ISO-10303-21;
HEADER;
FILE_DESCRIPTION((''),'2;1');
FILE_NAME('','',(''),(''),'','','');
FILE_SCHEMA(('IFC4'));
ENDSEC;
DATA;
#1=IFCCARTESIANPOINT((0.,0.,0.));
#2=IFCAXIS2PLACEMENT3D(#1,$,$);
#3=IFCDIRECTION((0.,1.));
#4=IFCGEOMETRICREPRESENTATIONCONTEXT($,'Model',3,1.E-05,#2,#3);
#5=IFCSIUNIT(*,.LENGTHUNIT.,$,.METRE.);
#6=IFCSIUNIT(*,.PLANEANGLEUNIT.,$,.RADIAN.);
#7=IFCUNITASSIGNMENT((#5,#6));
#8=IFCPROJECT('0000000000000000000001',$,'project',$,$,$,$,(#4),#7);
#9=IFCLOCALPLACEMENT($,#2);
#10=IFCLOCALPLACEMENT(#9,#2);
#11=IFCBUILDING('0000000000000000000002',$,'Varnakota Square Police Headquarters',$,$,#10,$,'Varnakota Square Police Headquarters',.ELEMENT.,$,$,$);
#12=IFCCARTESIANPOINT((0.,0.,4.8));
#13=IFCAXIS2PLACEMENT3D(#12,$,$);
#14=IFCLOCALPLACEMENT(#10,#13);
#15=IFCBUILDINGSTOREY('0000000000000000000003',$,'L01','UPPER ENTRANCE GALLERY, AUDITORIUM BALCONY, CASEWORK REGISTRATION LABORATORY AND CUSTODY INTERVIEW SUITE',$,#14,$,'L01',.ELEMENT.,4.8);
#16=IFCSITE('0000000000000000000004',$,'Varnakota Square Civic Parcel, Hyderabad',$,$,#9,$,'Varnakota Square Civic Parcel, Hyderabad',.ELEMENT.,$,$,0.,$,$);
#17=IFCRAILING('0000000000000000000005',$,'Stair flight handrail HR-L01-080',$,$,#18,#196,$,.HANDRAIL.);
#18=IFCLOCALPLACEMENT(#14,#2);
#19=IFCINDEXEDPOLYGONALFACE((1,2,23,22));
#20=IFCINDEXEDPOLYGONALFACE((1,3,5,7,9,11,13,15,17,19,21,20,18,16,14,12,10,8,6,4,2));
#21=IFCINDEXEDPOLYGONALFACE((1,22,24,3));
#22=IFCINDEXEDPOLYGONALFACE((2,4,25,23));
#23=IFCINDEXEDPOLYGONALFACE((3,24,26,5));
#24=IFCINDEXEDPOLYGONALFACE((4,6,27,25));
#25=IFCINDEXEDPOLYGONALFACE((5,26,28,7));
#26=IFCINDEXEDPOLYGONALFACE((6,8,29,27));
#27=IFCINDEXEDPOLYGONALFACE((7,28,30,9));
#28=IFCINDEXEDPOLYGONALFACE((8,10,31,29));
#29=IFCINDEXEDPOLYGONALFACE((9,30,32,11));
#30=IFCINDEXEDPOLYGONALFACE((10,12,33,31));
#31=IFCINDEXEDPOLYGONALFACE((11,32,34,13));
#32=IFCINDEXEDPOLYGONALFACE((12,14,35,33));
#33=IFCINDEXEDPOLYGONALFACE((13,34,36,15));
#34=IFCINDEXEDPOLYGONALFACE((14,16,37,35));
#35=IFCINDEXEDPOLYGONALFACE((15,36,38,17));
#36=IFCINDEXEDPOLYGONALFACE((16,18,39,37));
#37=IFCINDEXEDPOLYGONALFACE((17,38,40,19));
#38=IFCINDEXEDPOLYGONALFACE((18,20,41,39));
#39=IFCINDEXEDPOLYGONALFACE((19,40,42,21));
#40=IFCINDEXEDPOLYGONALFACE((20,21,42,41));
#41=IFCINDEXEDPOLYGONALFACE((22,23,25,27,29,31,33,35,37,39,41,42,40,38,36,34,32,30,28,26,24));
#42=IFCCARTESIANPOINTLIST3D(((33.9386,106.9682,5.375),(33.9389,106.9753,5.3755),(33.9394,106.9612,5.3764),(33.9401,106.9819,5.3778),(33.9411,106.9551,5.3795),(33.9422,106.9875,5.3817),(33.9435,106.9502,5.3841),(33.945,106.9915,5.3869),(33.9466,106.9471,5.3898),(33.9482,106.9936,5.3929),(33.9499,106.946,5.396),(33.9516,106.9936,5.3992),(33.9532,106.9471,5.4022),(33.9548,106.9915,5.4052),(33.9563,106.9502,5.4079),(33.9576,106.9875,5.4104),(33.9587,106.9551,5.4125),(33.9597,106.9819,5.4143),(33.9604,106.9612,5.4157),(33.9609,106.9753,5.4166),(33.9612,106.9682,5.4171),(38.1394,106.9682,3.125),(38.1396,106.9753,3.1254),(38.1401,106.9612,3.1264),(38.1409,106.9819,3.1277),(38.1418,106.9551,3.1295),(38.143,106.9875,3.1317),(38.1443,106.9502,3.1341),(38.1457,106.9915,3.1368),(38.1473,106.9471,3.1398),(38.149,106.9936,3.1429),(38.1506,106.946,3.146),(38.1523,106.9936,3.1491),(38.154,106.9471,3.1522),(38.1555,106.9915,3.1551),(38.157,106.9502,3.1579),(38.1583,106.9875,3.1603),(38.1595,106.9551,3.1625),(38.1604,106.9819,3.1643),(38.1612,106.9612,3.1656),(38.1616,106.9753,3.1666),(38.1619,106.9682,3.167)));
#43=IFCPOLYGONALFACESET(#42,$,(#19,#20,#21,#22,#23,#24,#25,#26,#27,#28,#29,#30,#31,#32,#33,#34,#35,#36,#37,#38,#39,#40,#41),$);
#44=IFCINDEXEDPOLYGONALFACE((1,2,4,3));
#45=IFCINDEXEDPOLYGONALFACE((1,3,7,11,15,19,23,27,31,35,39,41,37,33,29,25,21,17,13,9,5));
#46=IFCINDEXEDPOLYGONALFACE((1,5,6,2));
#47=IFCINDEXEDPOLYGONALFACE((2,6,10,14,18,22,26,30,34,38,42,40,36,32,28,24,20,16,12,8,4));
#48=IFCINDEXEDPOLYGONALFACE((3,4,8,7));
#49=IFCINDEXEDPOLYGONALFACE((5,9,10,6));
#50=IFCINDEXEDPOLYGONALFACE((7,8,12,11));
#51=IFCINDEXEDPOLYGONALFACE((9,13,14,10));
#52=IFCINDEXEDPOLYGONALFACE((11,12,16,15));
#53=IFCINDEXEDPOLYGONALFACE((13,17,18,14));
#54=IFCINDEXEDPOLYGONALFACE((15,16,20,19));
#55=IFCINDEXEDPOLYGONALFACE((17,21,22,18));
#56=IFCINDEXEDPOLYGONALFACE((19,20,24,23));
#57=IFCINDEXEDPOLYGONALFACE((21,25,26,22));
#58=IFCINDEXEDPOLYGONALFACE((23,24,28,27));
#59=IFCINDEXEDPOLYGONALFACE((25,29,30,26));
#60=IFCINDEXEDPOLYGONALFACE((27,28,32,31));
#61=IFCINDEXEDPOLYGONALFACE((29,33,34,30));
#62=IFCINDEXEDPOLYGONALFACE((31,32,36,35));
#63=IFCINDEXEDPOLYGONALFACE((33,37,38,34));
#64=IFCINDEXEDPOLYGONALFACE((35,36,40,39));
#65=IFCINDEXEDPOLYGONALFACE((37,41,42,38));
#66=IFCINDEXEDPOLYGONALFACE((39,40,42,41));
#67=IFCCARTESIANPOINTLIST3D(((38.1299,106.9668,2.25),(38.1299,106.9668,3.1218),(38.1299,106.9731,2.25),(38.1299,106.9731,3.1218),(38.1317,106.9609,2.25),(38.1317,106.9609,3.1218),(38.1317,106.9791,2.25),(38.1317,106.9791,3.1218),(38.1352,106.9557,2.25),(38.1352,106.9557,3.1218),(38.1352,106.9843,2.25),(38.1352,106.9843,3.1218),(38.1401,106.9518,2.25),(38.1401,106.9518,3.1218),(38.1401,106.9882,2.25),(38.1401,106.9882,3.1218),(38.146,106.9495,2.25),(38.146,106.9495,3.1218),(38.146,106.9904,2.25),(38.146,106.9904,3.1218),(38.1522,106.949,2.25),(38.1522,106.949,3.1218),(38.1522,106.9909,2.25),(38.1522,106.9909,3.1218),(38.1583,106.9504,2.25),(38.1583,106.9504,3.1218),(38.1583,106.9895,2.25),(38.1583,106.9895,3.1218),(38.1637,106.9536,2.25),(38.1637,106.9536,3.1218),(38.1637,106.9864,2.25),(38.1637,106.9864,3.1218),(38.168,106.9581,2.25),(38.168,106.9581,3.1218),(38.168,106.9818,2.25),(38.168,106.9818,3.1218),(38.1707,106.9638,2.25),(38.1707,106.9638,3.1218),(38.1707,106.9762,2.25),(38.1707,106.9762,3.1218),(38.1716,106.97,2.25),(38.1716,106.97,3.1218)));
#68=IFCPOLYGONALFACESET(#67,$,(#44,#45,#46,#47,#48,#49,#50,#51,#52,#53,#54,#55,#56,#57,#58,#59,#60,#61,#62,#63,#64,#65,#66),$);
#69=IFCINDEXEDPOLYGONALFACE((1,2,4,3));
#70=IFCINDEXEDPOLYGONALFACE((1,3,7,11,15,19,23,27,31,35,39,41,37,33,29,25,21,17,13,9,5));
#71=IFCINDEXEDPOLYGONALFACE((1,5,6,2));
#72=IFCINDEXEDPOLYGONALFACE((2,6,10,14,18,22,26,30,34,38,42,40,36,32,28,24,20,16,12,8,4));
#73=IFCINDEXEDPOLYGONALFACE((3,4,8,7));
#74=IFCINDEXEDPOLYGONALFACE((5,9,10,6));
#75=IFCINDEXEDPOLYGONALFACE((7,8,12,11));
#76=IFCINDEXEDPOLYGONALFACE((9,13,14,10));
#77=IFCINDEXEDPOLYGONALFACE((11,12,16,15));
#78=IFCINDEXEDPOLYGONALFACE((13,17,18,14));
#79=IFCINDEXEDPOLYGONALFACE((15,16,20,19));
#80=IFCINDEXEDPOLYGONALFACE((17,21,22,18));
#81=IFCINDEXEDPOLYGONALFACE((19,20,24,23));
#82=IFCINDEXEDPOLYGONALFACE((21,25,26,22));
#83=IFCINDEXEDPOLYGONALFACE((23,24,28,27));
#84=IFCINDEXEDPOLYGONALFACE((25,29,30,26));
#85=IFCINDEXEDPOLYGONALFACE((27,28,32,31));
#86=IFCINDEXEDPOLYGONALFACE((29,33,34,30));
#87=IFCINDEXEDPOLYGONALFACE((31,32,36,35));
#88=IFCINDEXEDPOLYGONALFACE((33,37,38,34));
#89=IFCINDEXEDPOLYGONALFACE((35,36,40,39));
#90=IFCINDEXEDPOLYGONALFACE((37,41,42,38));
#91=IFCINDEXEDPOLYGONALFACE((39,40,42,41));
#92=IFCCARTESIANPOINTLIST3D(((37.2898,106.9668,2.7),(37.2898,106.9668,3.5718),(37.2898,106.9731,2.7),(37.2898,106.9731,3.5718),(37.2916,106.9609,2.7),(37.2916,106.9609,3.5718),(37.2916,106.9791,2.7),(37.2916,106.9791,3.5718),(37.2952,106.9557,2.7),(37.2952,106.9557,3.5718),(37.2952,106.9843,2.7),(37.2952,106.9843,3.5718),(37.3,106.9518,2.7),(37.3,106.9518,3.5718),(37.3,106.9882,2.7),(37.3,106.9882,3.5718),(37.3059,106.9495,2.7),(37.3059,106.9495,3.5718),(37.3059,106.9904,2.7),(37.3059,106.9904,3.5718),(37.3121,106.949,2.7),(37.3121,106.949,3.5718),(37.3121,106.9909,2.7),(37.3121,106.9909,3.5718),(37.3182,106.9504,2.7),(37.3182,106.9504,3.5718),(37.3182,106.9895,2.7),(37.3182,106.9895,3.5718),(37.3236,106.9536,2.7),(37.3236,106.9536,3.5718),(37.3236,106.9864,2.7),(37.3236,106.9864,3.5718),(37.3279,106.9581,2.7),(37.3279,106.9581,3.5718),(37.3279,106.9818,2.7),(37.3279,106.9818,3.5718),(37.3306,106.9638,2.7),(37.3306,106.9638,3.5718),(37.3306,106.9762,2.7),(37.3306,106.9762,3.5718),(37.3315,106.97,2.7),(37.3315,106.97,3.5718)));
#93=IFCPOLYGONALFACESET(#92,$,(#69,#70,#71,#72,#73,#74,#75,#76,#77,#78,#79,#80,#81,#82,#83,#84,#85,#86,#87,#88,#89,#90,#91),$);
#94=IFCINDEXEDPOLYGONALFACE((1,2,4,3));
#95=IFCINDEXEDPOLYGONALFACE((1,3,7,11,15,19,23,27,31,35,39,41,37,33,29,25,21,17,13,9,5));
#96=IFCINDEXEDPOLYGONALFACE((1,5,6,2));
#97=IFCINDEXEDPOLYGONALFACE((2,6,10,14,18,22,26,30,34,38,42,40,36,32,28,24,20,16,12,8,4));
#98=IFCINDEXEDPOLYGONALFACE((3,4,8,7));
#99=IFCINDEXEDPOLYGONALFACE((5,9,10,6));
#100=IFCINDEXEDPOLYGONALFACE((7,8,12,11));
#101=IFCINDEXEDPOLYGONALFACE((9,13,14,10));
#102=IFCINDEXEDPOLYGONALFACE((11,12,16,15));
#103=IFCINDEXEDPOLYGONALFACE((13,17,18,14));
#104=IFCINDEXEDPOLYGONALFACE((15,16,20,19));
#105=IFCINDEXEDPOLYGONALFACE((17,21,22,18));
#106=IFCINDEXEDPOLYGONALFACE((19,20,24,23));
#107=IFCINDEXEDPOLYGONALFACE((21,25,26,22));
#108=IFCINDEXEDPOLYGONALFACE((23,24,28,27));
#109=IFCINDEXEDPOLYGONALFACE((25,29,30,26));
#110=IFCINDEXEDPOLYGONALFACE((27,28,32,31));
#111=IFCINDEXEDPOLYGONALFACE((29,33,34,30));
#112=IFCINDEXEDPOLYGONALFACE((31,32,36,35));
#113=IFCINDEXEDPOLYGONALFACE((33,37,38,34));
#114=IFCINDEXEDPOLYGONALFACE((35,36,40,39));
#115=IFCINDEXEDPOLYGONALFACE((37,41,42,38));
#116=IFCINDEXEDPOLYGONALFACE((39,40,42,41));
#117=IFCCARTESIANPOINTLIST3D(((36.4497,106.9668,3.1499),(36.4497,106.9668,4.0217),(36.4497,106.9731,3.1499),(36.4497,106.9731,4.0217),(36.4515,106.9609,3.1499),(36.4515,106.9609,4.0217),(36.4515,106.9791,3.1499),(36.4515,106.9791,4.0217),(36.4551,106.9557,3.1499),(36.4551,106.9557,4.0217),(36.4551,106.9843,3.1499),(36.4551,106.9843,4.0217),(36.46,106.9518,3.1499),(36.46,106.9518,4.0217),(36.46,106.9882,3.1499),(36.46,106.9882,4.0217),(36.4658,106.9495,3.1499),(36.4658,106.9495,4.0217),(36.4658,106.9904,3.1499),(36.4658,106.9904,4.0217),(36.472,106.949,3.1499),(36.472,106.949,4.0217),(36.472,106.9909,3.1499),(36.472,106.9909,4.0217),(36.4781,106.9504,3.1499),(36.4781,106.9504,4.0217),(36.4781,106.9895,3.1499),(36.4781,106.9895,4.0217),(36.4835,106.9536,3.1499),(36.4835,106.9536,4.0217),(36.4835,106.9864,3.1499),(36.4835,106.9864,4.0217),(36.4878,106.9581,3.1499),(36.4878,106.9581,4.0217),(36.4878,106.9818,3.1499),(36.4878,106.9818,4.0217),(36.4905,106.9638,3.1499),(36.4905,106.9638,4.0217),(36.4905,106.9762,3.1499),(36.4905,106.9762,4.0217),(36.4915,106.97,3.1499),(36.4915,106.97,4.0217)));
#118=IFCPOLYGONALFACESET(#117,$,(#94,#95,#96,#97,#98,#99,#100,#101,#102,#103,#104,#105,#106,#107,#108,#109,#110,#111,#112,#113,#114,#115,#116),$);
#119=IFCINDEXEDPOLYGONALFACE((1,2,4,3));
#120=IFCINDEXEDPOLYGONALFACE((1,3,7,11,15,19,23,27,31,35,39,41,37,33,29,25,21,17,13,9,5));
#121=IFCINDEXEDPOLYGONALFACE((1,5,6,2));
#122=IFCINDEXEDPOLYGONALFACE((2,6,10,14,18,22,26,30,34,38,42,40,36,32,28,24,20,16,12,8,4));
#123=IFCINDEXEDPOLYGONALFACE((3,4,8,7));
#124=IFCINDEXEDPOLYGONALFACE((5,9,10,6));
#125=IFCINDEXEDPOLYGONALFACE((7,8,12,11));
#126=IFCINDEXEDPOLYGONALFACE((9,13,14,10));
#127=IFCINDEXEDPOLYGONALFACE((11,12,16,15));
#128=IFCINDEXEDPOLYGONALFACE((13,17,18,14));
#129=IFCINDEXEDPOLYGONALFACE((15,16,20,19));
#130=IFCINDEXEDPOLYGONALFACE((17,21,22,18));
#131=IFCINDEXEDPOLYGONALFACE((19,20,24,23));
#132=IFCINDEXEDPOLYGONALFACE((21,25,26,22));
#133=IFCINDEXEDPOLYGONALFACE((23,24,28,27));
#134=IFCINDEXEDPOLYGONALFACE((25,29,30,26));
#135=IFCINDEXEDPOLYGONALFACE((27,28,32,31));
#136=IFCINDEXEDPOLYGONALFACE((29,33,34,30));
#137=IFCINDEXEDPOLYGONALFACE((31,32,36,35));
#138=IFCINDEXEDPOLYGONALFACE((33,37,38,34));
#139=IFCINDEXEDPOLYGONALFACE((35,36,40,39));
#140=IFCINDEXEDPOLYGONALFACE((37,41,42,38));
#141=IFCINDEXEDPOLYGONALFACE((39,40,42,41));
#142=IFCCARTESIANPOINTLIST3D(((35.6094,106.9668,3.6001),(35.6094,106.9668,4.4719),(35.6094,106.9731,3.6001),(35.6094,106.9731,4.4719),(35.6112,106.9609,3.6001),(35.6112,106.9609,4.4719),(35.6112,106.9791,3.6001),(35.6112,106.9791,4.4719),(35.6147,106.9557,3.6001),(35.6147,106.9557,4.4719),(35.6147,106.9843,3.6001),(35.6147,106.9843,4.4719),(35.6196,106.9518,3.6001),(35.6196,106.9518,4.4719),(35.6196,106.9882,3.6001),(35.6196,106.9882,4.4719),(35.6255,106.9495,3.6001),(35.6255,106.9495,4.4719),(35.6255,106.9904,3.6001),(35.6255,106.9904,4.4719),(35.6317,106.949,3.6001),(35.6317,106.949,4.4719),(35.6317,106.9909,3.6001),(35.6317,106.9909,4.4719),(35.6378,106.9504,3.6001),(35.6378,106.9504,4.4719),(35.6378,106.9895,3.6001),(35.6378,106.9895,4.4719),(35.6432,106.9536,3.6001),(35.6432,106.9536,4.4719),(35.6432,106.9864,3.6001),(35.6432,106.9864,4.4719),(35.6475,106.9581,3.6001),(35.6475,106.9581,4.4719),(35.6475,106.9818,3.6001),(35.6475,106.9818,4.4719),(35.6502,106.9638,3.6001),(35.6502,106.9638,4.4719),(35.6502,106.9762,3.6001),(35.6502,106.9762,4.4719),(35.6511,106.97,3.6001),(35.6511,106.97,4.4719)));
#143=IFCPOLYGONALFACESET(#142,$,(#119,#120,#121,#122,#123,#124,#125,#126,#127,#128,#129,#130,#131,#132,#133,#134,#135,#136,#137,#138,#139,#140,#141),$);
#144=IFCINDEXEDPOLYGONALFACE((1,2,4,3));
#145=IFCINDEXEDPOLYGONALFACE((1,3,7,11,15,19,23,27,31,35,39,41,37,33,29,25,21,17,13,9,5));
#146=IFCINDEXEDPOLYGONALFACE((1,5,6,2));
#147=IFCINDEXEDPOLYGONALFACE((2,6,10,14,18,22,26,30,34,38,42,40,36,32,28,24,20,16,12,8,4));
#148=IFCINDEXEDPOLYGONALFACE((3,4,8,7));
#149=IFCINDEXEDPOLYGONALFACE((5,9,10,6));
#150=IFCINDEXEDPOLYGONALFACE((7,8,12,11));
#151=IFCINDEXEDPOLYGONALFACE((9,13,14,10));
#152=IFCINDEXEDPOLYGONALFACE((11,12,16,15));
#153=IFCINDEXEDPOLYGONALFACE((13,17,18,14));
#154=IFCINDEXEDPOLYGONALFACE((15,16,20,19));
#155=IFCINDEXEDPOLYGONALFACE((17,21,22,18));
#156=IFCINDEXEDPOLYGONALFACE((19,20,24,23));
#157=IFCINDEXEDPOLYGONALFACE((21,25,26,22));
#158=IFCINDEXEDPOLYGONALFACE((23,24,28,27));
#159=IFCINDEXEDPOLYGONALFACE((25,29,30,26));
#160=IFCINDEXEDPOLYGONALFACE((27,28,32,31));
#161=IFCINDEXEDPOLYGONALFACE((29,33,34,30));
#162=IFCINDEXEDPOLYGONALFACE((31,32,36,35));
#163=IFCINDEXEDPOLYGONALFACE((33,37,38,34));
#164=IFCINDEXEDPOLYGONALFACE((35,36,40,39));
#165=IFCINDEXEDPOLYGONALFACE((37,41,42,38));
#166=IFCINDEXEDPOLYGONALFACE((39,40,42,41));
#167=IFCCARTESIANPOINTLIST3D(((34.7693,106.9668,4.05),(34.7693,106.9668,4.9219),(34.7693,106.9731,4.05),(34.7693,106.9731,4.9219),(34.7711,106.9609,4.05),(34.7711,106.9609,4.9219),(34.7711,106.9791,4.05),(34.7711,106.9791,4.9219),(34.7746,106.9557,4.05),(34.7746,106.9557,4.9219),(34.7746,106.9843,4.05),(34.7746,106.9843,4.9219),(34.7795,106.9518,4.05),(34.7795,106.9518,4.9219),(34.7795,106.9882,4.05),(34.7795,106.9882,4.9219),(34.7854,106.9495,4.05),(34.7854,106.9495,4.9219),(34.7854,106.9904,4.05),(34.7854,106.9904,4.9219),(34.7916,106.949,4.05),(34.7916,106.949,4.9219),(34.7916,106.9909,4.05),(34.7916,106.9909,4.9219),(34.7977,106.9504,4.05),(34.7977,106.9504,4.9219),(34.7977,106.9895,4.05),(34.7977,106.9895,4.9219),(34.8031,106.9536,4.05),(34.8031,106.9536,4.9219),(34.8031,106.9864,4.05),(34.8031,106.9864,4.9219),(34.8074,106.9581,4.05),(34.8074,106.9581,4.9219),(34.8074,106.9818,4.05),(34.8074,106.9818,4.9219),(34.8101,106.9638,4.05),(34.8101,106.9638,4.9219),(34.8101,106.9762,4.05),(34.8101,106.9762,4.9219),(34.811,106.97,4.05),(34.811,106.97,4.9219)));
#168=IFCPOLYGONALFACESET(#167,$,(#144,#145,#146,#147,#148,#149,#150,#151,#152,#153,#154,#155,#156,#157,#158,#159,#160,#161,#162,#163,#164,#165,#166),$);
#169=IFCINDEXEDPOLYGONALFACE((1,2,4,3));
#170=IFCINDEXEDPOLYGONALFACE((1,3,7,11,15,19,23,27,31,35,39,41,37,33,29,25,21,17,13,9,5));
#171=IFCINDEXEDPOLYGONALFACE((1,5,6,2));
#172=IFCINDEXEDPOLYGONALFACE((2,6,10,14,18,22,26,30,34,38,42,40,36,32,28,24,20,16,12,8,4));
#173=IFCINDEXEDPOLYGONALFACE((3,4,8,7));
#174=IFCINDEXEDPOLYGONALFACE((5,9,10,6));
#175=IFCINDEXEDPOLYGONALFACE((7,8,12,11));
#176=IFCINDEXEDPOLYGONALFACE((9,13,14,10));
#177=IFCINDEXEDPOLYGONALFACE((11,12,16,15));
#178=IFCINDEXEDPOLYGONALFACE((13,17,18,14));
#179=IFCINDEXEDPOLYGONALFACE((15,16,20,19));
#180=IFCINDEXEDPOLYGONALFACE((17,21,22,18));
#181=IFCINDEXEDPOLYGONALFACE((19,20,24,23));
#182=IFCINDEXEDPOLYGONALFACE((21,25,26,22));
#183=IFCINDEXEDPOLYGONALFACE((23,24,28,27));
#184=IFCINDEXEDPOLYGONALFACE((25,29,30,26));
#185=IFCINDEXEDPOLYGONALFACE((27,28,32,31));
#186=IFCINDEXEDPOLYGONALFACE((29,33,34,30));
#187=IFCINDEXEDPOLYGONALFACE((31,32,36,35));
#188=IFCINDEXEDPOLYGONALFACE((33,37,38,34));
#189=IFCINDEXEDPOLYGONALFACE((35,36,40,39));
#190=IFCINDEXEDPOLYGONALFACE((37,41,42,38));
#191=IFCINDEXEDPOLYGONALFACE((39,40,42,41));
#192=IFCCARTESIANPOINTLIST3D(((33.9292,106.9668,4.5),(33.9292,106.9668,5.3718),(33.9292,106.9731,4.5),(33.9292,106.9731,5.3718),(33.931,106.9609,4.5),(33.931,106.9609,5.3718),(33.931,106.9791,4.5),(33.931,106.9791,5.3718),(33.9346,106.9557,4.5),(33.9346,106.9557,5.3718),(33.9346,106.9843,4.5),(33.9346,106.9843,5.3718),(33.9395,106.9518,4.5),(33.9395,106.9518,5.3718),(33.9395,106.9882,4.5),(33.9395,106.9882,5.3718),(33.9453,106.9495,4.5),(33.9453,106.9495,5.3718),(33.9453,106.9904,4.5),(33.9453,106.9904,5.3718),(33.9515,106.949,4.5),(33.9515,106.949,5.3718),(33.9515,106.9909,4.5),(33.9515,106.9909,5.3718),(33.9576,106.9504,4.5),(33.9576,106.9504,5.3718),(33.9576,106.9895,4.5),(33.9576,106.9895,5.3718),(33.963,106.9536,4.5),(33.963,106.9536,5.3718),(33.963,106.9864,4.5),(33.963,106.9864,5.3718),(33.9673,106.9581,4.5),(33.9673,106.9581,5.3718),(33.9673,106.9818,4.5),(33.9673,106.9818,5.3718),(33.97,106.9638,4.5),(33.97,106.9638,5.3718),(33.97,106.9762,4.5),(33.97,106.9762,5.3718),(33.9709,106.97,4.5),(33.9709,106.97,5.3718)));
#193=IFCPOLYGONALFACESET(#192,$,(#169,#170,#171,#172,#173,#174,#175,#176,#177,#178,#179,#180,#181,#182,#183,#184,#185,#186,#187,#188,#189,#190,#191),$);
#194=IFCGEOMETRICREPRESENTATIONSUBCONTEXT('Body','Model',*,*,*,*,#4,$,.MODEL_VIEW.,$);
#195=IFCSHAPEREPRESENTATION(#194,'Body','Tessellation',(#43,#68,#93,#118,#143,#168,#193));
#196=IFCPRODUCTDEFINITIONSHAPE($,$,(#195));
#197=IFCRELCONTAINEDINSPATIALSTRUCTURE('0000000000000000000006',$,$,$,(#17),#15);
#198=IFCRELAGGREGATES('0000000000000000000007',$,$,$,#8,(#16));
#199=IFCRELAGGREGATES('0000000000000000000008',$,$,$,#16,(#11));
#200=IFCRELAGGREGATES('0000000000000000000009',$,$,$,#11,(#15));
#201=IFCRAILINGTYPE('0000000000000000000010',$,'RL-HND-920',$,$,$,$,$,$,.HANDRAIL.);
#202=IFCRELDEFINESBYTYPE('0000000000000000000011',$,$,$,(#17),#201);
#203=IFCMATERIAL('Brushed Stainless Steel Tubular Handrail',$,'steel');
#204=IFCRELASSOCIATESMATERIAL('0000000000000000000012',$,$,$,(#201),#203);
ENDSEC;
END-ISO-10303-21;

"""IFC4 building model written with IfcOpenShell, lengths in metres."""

from ifc_helpers import new_model, si_unit, direction, frame, origin, origin_2d, place, context, subcontext, project, spatial, circle, extrude, material, type_object, element, save


model = new_model("IFC4")

# Units and contexts
model_context = context("Model", 3, precision=1e-05, world=origin(), true_north=direction((0.0, 1.0)))
body_context = subcontext(model_context, "Body", "Model", "MODEL_VIEW")
ifc_project = project(units=[si_unit("LENGTHUNIT", "METRE"), si_unit("PLANEANGLEUNIT", "RADIAN")], contexts=[model_context])

# Site, building, storey
site_placement = place(None, origin())
site = spatial("IfcSite", under=ifc_project, at=site_placement, Name="Varnakota Square Civic Parcel, Hyderabad", LongName="Varnakota Square Civic Parcel, Hyderabad", CompositionType="ELEMENT", RefElevation=0.0)
building_placement = place(site_placement, origin())
building = spatial("IfcBuilding", under=site, at=building_placement, Name="Varnakota Square Police Headquarters", LongName="Varnakota Square Police Headquarters", CompositionType="ELEMENT")
storey_placement = place(building_placement, frame((0.0, 0.0, 4.8)))
storey = spatial("IfcBuildingStorey", under=building, at=storey_placement, Name="L01", Description="UPPER ENTRANCE GALLERY, AUDITORIUM BALCONY, CASEWORK REGISTRATION LABORATORY AND CUSTODY INTERVIEW SUITE", LongName="L01", CompositionType="ELEMENT", Elevation=4.8)

# Railing
ifc_material_1 = material(Name="Brushed Stainless Steel Tubular Handrail", Category="steel")
railing_type_1 = type_object("IfcRailingType", Name="RL-HND-920", PredefinedType="HANDRAIL", material=ifc_material_1)
railing_1_placement = place(storey_placement, frame((38.1506, 106.97, 2.25)))
element("IfcRailing", 1, at=railing_1_placement, inside=storey, type_object=railing_type_1, Name="Stair flight handrail HR-L01-080", PredefinedType="HANDRAIL", context=body_context, shape_type="SweptSolid", body=[
    extrude(circle(Radius=0.0239, at=origin_2d()), frame((0.0, 0.0, 0.896), z_axis=(-0.881512, 0.0, 0.472162), x_axis=(0.0, -1.0, 0.0)), (0.0, 0.0, 1.0), 4.7654),
    extrude(circle(Radius=0.021, at=origin_2d()), origin(), (0.0, 0.0, 1.0), 0.8718),
    extrude(circle(Radius=0.021, at=origin_2d()), frame((-0.8401, 0.0, 0.45)), (0.0, 0.0, 1.0), 0.8718),
    extrude(circle(Radius=0.021, at=origin_2d()), frame((-1.6802, 0.0, 0.8999)), (0.0, 0.0, 1.0), 0.8718),
    extrude(circle(Radius=0.021, at=origin_2d()), frame((-2.5205, 0.0, 1.3501)), (0.0, 0.0, 1.0), 0.8718),
    extrude(circle(Radius=0.021, at=origin_2d()), frame((-3.3606, 0.0, 1.8)), (0.0, 0.0, 1.0), 0.8718),
    extrude(circle(Radius=0.021, at=origin_2d()), frame((-4.2007, 0.0, 2.25)), (0.0, 0.0, 1.0), 0.8718),
])

save(model, "model.ifc")
